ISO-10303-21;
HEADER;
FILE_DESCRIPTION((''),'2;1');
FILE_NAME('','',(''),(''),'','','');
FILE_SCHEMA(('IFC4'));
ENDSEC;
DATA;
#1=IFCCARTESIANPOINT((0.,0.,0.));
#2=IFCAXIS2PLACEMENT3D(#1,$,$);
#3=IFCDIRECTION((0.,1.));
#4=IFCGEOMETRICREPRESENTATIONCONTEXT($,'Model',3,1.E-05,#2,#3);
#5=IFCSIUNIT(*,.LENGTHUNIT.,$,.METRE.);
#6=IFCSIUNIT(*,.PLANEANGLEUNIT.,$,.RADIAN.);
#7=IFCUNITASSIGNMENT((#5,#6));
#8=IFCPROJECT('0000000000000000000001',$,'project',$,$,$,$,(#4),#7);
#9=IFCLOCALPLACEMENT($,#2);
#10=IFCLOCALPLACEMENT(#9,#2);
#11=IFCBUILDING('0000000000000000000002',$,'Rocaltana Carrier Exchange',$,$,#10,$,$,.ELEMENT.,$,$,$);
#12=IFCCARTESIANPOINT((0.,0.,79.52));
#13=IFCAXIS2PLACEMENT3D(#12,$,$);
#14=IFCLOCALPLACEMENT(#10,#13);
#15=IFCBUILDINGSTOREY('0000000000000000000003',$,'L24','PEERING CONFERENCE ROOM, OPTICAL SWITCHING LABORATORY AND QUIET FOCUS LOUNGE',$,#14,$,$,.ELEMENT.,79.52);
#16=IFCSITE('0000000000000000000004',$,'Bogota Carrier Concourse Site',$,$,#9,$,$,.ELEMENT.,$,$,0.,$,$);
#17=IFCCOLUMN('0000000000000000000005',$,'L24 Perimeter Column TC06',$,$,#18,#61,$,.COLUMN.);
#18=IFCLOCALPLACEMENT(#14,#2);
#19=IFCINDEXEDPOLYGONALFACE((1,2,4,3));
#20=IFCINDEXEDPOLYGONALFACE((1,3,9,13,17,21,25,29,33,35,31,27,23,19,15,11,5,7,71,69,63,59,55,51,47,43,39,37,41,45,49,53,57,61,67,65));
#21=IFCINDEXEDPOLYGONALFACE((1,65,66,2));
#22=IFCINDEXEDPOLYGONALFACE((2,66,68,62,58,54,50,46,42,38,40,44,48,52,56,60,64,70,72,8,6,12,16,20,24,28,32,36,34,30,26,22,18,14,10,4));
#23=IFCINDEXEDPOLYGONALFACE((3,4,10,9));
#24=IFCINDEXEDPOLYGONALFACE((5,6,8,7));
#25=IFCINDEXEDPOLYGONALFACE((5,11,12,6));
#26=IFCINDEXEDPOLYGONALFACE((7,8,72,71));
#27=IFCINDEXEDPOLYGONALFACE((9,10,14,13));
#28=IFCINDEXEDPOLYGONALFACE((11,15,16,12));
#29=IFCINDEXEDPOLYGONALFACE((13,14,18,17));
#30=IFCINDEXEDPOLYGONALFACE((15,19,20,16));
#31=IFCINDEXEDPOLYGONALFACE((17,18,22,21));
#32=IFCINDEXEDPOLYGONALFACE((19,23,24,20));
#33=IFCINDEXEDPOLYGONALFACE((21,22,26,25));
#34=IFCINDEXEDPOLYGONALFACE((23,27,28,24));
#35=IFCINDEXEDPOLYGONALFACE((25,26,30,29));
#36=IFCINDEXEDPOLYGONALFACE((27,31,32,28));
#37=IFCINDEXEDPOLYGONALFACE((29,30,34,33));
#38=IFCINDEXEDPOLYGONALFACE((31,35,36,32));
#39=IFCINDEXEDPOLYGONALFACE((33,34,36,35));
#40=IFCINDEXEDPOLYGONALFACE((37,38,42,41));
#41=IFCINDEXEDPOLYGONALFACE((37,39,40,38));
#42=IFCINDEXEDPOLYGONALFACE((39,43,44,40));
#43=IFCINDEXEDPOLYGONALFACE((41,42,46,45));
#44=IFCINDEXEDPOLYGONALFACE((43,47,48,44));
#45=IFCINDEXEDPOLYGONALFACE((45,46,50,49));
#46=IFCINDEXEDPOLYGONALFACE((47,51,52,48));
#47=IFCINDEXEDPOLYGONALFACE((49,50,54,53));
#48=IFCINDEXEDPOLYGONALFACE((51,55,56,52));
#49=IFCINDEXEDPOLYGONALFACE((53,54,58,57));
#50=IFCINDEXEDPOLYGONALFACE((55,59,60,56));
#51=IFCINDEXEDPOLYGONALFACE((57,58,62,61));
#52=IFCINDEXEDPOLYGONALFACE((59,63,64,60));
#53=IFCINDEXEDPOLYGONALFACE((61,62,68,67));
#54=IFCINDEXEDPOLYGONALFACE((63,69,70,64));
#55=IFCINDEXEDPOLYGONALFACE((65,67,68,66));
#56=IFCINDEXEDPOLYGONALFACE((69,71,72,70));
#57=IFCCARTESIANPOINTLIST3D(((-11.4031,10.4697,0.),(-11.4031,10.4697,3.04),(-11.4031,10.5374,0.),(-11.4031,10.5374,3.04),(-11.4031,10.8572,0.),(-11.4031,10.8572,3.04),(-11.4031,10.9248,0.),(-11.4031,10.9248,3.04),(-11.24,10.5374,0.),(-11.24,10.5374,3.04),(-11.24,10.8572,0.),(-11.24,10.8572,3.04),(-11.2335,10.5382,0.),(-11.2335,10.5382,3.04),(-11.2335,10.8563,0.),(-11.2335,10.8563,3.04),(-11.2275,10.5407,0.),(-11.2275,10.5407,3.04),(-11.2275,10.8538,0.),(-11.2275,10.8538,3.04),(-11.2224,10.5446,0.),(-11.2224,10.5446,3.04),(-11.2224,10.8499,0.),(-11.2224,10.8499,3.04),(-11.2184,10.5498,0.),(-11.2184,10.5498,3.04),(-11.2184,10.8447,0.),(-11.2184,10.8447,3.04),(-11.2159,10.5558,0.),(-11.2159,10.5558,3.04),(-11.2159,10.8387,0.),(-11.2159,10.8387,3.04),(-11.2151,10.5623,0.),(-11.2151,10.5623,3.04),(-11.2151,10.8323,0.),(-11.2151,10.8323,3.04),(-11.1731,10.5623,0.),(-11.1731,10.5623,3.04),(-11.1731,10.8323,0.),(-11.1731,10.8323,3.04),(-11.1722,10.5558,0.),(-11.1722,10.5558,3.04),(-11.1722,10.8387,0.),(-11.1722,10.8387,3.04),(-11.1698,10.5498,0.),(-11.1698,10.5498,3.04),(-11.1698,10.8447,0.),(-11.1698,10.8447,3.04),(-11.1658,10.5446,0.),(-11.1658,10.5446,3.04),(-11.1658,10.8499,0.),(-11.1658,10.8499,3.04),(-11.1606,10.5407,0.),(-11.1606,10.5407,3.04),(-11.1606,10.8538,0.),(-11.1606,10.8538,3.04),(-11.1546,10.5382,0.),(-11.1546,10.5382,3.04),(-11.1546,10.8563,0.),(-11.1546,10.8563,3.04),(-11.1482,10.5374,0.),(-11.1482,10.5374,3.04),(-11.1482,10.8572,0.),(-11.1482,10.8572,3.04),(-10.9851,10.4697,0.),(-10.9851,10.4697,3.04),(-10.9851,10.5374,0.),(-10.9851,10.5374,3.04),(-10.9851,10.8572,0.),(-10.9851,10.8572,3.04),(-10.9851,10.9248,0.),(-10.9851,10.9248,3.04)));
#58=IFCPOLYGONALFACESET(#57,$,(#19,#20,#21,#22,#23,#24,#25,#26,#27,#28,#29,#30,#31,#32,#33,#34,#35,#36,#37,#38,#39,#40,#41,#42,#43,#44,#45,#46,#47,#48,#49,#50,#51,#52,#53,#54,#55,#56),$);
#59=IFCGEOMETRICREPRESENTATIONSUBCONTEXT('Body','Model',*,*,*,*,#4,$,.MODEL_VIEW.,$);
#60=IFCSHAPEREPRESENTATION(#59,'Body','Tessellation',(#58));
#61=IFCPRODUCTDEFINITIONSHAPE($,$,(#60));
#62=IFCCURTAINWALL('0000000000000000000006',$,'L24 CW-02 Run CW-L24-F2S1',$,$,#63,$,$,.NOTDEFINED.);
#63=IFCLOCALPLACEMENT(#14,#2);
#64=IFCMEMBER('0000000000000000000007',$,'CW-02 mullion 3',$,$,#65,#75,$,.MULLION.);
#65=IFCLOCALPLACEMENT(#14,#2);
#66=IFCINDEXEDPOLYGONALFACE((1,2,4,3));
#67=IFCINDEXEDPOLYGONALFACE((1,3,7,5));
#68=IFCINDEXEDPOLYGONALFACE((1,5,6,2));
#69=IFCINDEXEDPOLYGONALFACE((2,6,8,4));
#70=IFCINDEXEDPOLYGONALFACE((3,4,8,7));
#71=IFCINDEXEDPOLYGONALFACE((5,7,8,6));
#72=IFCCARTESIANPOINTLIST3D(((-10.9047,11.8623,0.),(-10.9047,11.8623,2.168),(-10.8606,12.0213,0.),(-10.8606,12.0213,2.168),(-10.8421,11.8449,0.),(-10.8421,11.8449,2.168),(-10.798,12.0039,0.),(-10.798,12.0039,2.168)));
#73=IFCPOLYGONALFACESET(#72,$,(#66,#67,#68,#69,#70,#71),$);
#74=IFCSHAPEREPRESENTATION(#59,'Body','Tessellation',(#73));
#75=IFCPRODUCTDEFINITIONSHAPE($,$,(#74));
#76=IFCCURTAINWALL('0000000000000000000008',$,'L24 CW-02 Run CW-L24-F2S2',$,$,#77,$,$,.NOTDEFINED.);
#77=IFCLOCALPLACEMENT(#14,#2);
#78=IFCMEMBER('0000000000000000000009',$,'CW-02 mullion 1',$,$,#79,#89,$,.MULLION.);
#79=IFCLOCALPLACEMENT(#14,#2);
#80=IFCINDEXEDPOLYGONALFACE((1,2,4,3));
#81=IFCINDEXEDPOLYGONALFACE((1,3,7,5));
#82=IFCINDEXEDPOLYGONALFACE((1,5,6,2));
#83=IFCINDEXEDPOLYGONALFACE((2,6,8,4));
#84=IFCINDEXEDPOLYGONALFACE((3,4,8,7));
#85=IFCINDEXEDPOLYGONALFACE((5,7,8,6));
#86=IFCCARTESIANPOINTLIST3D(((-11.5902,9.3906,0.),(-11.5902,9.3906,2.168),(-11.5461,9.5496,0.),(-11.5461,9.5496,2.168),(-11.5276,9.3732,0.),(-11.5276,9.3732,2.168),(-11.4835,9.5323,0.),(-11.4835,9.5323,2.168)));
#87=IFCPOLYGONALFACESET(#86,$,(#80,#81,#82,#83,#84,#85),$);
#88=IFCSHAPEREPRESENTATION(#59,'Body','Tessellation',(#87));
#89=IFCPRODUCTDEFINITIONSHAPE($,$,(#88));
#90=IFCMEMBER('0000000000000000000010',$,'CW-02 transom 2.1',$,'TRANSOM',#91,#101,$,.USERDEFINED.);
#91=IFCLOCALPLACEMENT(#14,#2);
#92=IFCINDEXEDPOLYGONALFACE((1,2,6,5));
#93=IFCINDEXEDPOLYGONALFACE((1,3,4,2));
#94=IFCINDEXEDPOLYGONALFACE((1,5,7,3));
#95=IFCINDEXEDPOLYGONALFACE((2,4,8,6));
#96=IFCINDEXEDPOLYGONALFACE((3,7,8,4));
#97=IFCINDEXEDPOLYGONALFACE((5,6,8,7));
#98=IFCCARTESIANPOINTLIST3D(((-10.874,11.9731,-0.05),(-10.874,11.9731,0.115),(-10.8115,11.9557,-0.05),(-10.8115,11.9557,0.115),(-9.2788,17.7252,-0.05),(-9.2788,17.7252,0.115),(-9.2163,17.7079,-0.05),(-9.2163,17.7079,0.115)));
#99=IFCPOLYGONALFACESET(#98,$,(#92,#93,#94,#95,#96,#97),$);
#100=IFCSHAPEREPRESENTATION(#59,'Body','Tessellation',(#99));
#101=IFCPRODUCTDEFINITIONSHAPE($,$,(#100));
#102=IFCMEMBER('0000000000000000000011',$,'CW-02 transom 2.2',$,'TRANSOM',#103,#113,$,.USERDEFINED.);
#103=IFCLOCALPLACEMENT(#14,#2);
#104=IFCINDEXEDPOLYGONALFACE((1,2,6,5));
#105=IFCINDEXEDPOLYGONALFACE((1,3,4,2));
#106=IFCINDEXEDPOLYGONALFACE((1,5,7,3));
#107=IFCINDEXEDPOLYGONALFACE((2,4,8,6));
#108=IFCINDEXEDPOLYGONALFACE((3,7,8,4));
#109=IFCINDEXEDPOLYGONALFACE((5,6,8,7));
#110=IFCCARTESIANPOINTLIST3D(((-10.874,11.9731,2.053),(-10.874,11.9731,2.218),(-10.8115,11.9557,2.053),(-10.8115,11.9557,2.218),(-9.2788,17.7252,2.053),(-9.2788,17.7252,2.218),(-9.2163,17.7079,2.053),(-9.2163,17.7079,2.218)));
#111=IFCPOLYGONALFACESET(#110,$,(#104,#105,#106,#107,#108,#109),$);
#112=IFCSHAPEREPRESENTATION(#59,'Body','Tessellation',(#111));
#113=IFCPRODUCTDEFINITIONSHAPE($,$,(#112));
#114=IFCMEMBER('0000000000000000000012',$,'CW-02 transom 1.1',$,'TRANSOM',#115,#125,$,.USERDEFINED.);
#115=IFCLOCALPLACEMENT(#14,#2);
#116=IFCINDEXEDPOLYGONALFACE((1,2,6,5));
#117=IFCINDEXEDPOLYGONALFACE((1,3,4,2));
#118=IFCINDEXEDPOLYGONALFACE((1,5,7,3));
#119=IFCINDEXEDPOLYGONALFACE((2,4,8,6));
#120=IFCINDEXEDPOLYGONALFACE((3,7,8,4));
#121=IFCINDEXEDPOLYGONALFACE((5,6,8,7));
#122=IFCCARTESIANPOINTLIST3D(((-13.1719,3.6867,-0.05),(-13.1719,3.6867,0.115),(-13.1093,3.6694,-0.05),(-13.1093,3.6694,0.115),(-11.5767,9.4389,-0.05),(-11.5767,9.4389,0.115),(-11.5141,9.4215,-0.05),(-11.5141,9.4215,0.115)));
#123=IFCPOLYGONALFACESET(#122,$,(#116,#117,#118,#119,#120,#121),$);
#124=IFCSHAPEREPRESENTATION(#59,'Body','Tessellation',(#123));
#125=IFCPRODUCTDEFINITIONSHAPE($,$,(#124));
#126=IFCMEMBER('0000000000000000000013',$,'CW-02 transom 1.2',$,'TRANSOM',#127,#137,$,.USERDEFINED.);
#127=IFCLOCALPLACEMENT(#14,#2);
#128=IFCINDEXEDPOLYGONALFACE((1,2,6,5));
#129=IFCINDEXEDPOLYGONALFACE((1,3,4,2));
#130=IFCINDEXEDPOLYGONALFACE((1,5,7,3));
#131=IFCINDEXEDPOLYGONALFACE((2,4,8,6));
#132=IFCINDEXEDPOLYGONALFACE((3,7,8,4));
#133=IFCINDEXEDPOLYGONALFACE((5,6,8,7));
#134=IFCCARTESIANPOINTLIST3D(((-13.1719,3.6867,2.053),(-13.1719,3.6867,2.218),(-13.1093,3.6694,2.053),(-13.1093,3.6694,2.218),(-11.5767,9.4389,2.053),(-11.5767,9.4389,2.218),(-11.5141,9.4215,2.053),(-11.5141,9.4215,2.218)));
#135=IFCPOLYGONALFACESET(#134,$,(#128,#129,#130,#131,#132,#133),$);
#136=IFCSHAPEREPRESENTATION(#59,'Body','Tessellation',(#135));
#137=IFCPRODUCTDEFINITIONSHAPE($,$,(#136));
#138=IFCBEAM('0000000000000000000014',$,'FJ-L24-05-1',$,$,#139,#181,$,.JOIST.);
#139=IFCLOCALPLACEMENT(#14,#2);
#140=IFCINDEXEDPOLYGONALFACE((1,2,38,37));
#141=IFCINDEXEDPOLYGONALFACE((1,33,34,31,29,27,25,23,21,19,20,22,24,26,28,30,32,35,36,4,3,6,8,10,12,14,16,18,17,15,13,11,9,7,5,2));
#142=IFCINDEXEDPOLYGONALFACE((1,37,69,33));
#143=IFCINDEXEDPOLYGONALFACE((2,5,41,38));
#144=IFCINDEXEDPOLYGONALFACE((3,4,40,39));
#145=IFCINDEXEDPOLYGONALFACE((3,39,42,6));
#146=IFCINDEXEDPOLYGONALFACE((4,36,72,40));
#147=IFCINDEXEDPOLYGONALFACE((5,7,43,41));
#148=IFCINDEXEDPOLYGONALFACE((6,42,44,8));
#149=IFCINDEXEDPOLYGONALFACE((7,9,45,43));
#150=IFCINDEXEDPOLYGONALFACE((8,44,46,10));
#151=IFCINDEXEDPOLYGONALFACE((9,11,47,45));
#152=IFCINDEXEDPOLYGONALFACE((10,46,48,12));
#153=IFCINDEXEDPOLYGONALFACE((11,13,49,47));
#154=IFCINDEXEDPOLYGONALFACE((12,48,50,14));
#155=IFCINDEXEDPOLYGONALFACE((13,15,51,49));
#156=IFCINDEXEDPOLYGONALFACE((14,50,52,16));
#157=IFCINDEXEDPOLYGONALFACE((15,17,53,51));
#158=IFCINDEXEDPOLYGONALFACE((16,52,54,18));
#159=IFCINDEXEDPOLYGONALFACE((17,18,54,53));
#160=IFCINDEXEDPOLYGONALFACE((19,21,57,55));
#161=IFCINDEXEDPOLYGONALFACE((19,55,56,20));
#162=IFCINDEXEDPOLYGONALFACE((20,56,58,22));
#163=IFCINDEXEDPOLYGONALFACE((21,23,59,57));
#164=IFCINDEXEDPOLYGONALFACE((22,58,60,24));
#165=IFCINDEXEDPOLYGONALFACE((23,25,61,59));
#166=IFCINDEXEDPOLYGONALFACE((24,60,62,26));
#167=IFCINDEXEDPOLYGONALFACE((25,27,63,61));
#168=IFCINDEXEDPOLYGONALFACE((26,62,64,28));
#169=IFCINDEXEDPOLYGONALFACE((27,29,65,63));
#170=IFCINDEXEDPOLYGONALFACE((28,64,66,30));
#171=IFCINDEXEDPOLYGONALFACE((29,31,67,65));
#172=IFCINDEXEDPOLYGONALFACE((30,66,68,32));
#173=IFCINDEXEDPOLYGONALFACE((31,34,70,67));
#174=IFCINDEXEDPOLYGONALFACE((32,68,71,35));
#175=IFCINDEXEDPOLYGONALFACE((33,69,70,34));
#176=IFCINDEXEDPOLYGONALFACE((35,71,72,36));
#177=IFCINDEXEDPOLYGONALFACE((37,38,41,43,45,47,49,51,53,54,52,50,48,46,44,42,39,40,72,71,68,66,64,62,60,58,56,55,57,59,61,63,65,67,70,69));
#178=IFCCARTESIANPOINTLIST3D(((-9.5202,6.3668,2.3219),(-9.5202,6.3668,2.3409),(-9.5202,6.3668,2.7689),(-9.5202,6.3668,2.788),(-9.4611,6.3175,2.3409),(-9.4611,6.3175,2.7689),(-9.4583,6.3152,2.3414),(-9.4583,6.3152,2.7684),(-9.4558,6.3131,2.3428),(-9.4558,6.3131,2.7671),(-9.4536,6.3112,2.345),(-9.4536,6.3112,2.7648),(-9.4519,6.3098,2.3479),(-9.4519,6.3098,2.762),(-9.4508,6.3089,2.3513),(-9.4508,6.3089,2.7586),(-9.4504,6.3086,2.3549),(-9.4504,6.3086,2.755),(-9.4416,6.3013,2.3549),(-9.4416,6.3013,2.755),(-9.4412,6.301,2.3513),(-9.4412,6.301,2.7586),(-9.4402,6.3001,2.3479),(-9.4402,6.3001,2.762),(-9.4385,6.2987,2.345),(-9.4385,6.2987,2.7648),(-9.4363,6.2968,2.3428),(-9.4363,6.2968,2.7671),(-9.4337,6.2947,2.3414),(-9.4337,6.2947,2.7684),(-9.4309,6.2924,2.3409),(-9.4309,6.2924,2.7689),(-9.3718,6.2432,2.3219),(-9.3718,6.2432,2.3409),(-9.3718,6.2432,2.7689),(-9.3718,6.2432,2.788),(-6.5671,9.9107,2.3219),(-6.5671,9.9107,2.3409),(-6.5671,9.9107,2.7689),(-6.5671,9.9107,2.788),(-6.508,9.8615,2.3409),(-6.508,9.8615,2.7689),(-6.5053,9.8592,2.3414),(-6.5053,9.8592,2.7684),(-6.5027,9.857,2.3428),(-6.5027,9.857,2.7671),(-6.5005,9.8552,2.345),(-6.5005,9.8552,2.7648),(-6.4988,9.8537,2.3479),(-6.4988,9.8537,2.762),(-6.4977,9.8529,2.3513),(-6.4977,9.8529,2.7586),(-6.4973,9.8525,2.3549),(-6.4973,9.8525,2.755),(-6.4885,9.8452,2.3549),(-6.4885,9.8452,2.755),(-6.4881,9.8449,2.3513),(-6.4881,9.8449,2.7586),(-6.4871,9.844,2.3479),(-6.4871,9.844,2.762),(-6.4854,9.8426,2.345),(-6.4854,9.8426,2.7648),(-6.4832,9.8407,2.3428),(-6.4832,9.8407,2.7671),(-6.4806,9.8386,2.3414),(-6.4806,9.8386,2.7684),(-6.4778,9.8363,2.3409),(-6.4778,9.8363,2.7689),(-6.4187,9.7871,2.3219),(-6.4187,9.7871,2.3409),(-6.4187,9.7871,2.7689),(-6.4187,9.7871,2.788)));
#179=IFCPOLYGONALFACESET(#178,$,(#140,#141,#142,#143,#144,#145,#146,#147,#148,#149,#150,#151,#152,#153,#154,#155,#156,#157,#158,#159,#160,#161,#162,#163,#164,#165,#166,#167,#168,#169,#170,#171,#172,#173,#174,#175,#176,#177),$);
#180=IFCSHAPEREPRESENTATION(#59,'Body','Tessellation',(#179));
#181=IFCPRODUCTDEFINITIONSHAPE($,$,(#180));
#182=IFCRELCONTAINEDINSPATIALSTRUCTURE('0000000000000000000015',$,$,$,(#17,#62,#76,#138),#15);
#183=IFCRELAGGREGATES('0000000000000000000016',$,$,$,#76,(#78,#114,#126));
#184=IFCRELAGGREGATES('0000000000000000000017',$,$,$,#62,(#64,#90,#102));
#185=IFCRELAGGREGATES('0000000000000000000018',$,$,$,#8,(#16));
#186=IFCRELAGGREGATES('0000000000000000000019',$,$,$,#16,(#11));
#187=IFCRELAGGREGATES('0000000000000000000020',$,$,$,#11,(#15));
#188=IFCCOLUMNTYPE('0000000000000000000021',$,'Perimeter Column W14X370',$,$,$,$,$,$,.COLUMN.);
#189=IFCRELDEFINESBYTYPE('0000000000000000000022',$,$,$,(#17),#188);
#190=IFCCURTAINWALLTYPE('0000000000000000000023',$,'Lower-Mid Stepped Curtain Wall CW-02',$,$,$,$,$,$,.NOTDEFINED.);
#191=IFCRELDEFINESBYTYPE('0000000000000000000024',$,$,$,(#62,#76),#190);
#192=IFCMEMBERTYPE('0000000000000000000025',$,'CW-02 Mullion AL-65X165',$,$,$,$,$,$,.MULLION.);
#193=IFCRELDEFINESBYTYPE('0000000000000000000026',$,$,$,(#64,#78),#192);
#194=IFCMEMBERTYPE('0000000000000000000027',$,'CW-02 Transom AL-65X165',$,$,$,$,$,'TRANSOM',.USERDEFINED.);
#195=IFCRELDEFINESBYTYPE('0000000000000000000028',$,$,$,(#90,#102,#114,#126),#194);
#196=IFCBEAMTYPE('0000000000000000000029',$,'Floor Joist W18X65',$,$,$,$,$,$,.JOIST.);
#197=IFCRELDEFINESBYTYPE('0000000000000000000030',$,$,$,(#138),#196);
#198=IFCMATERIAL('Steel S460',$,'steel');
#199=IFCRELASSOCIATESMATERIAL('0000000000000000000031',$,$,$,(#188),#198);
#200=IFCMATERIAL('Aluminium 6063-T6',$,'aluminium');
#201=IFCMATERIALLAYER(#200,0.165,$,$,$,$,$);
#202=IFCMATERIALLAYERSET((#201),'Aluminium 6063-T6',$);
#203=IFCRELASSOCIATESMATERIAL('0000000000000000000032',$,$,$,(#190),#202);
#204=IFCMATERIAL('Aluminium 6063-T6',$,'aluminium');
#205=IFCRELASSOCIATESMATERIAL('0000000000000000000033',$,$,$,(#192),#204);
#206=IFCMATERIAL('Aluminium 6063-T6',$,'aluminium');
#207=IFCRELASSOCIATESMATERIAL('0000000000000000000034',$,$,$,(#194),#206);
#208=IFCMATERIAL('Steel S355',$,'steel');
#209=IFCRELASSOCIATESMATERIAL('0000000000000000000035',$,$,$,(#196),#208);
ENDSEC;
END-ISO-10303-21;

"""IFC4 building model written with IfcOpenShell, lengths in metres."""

from ifc_helpers import new_model, si_unit, direction, frame, origin, origin_2d, place, context, subcontext, project, spatial, rectangle, i_section, extrude, material, layer, layer_set, material_profile, profile_set, type_object, element, aggregate, save


model = new_model("IFC4")

# Units and contexts
model_context = context("Model", 3, precision=1e-05, world=origin(), true_north=direction((0.0, 1.0)))
body_context = subcontext(model_context, "Body", "Model", "MODEL_VIEW")
ifc_project = project(units=[si_unit("LENGTHUNIT", "METRE"), si_unit("PLANEANGLEUNIT", "RADIAN")], contexts=[model_context])

# Site, building, storey
site_placement = place(None, origin())
site = spatial("IfcSite", under=ifc_project, at=site_placement, Name="Bogota Carrier Concourse Site", CompositionType="ELEMENT", RefElevation=0.0)
building_placement = place(site_placement, origin())
building = spatial("IfcBuilding", under=site, at=building_placement, Name="Rocaltana Carrier Exchange", CompositionType="ELEMENT")
storey_placement = place(building_placement, frame((0.0, 0.0, 79.52)))
storey = spatial("IfcBuildingStorey", under=building, at=storey_placement, Name="L24", Description="PEERING CONFERENCE ROOM, OPTICAL SWITCHING LABORATORY AND QUIET FOCUS LOUNGE", CompositionType="ELEMENT", Elevation=79.52)

# Column
ifc_material_1 = material(Name="Steel S460", Category="steel")
ifc_material_profile_1 = material_profile(ifc_material_1, i_section(OverallWidth=0.418, OverallDepth=0.4551, WebThickness=0.042, FlangeThickness=0.0676, FilletRadius=0.0249, at=origin_2d()), Name="W14X370")
ifc_profile_set_1 = profile_set([ifc_material_profile_1], Name="Steel S460")
column_type = type_object("IfcColumnType", Name="Perimeter Column W14X370", PredefinedType="COLUMN", material=ifc_profile_set_1)
column_placement = place(storey_placement, frame((-11.1941, 10.6973, 0.0), z_axis=(0.0, 0.0, 1.0), x_axis=(1.0, 0.0, 0.0)))
element("IfcColumn", 1, at=column_placement, inside=storey, type_object=column_type, Name="L24 Perimeter Column TC06", PredefinedType="COLUMN", context=body_context, shape_type="SweptSolid", body=[
    extrude(i_section(OverallWidth=0.418, OverallDepth=0.4551, WebThickness=0.042, FlangeThickness=0.0676, FilletRadius=0.0249, at=origin_2d()), origin(), (0.0, 0.0, 1.0), 3.04),
])

# Curtain walls, members
ifc_material_2 = material(Name="Aluminium 6063-T6", Category="aluminium")
ifc_layer_1 = layer(ifc_material_2, 0.165)
ifc_layer_set_1 = layer_set([ifc_layer_1], Name="Aluminium 6063-T6")
curtain_wall_type = type_object("IfcCurtainWallType", Name="Lower-Mid Stepped Curtain Wall CW-02", PredefinedType="NOTDEFINED", material=ifc_layer_set_1)
curtain_wall_1_placement = place(storey_placement, origin())
curtain_wall_1 = element("IfcCurtainWall", 2, at=curtain_wall_1_placement, inside=storey, type_object=curtain_wall_type, Name="L24 CW-02 Run CW-L24-F2S1", PredefinedType="NOTDEFINED")
ifc_material_3 = material(Name="Aluminium 6063-T6", Category="aluminium")
ifc_material_profile_2 = material_profile(ifc_material_3, rectangle(XDim=0.0649, YDim=0.165, at=origin_2d()), Name="AL-65X165")
ifc_profile_set_2 = profile_set([ifc_material_profile_2], Name="Aluminium 6063-T6")
member_type_1 = type_object("IfcMemberType", Name="CW-02 Mullion AL-65X165", PredefinedType="MULLION", material=ifc_profile_set_2)
member_1_placement = place(storey_placement, frame((-10.8513, 11.9331, 0.0), z_axis=(0.0, 0.0, 1.0), x_axis=(0.963628, -0.267246, 0.0)))
member_1 = element("IfcMember", 3, at=member_1_placement, type_object=member_type_1, Name="CW-02 mullion 3", PredefinedType="MULLION", context=body_context, shape_type="SweptSolid", body=[
    extrude(rectangle(XDim=0.0649, YDim=0.165, at=origin_2d()), origin(), (0.0, 0.0, 1.0), 2.168),
])
curtain_wall_2_placement = place(storey_placement, origin())
curtain_wall_2 = element("IfcCurtainWall", 4, at=curtain_wall_2_placement, inside=storey, type_object=curtain_wall_type, Name="L24 CW-02 Run CW-L24-F2S2", PredefinedType="NOTDEFINED")
member_2_placement = place(storey_placement, frame((-11.5369, 9.4614, 0.0), z_axis=(0.0, 0.0, 1.0), x_axis=(0.963631, -0.267238, 0.0)))
member_2 = element("IfcMember", 5, at=member_2_placement, type_object=member_type_1, Name="CW-02 mullion 1", PredefinedType="MULLION", context=body_context, shape_type="SweptSolid", body=[
    extrude(rectangle(XDim=0.0649, YDim=0.165, at=origin_2d()), origin(), (0.0, 0.0, 1.0), 2.168),
])

# Members
ifc_material_4 = material(Name="Aluminium 6063-T6", Category="aluminium")
ifc_material_profile_3 = material_profile(ifc_material_4, rectangle(XDim=0.0649, YDim=0.165, at=origin_2d()), Name="AL-65X165")
ifc_profile_set_3 = profile_set([ifc_material_profile_3], Name="Aluminium 6063-T6")
member_type_2 = type_object("IfcMemberType", Name="CW-02 Transom AL-65X165", ElementType="TRANSOM", PredefinedType="USERDEFINED", material=ifc_profile_set_3)
member_3_placement = place(storey_placement, frame((-9.2476, 17.7166, 0.0325), z_axis=(-0.267237, -0.963631, 0.0), x_axis=(0.963631, -0.267237, 0.0)))
member_3 = element("IfcMember", 6, at=member_3_placement, type_object=member_type_2, Name="CW-02 transom 2.1", ObjectType="TRANSOM", PredefinedType="USERDEFINED", context=body_context, shape_type="SweptSolid", body=[
    extrude(rectangle(XDim=0.0649, YDim=0.165, at=origin_2d()), origin(), (0.0, 0.0, 1.0), 5.9692),
])
member_4_placement = place(storey_placement, frame((-9.2476, 17.7166, 2.1355), z_axis=(-0.267237, -0.963631, 0.0), x_axis=(0.963631, -0.267237, 0.0)))
member_4 = element("IfcMember", 7, at=member_4_placement, type_object=member_type_2, Name="CW-02 transom 2.2", ObjectType="TRANSOM", PredefinedType="USERDEFINED", context=body_context, shape_type="SweptSolid", body=[
    extrude(rectangle(XDim=0.0649, YDim=0.165, at=origin_2d()), origin(), (0.0, 0.0, 1.0), 5.9692),
])
member_5_placement = place(storey_placement, frame((-11.5454, 9.4302, 0.0325), z_axis=(-0.267237, -0.963631, 0.0), x_axis=(0.963631, -0.267237, 0.0)))
member_5 = element("IfcMember", 8, at=member_5_placement, type_object=member_type_2, Name="CW-02 transom 1.1", ObjectType="TRANSOM", PredefinedType="USERDEFINED", context=body_context, shape_type="SweptSolid", body=[
    extrude(rectangle(XDim=0.0649, YDim=0.165, at=origin_2d()), origin(), (0.0, 0.0, 1.0), 5.9692),
])
member_6_placement = place(storey_placement, frame((-11.5454, 9.4302, 2.1355), z_axis=(-0.267237, -0.963631, 0.0), x_axis=(0.963631, -0.267237, 0.0)))
member_6 = element("IfcMember", 9, at=member_6_placement, type_object=member_type_2, Name="CW-02 transom 1.2", ObjectType="TRANSOM", PredefinedType="USERDEFINED", context=body_context, shape_type="SweptSolid", body=[
    extrude(rectangle(XDim=0.0649, YDim=0.165, at=origin_2d()), origin(), (0.0, 0.0, 1.0), 5.9692),
])
aggregate(curtain_wall_2, [member_2, member_5, member_6])

# Beam
ifc_material_5 = material(Name="Steel S355", Category="steel")
ifc_material_profile_4 = material_profile(ifc_material_5, i_section(OverallWidth=0.1931, OverallDepth=0.4661, WebThickness=0.0115, FlangeThickness=0.019, FilletRadius=0.0139, at=origin_2d()), Name="W18X65")
ifc_profile_set_4 = profile_set([ifc_material_profile_4], Name="Steel S355")
beam_type_1 = type_object("IfcBeamType", Name="Floor Joist W18X65", PredefinedType="JOIST", material=ifc_profile_set_4)
beam_1_placement = place(storey_placement, frame((-6.4929, 9.8489, 2.5549), z_axis=(-0.640164, -0.768239, 0.0), x_axis=(0.768239, -0.640164, 0.0)))
element("IfcBeam", 10, at=beam_1_placement, inside=storey, type_object=beam_type_1, Name="FJ-L24-05-1", PredefinedType="JOIST", context=body_context, shape_type="SweptSolid", body=[
    extrude(i_section(OverallWidth=0.1931, OverallDepth=0.4661, WebThickness=0.0115, FlangeThickness=0.019, FilletRadius=0.0139, at=origin_2d()), origin(), (0.0, 0.0, 1.0), 4.613),
])

aggregate(curtain_wall_1, [member_1, member_3, member_4])

save(model, "model.ifc")
